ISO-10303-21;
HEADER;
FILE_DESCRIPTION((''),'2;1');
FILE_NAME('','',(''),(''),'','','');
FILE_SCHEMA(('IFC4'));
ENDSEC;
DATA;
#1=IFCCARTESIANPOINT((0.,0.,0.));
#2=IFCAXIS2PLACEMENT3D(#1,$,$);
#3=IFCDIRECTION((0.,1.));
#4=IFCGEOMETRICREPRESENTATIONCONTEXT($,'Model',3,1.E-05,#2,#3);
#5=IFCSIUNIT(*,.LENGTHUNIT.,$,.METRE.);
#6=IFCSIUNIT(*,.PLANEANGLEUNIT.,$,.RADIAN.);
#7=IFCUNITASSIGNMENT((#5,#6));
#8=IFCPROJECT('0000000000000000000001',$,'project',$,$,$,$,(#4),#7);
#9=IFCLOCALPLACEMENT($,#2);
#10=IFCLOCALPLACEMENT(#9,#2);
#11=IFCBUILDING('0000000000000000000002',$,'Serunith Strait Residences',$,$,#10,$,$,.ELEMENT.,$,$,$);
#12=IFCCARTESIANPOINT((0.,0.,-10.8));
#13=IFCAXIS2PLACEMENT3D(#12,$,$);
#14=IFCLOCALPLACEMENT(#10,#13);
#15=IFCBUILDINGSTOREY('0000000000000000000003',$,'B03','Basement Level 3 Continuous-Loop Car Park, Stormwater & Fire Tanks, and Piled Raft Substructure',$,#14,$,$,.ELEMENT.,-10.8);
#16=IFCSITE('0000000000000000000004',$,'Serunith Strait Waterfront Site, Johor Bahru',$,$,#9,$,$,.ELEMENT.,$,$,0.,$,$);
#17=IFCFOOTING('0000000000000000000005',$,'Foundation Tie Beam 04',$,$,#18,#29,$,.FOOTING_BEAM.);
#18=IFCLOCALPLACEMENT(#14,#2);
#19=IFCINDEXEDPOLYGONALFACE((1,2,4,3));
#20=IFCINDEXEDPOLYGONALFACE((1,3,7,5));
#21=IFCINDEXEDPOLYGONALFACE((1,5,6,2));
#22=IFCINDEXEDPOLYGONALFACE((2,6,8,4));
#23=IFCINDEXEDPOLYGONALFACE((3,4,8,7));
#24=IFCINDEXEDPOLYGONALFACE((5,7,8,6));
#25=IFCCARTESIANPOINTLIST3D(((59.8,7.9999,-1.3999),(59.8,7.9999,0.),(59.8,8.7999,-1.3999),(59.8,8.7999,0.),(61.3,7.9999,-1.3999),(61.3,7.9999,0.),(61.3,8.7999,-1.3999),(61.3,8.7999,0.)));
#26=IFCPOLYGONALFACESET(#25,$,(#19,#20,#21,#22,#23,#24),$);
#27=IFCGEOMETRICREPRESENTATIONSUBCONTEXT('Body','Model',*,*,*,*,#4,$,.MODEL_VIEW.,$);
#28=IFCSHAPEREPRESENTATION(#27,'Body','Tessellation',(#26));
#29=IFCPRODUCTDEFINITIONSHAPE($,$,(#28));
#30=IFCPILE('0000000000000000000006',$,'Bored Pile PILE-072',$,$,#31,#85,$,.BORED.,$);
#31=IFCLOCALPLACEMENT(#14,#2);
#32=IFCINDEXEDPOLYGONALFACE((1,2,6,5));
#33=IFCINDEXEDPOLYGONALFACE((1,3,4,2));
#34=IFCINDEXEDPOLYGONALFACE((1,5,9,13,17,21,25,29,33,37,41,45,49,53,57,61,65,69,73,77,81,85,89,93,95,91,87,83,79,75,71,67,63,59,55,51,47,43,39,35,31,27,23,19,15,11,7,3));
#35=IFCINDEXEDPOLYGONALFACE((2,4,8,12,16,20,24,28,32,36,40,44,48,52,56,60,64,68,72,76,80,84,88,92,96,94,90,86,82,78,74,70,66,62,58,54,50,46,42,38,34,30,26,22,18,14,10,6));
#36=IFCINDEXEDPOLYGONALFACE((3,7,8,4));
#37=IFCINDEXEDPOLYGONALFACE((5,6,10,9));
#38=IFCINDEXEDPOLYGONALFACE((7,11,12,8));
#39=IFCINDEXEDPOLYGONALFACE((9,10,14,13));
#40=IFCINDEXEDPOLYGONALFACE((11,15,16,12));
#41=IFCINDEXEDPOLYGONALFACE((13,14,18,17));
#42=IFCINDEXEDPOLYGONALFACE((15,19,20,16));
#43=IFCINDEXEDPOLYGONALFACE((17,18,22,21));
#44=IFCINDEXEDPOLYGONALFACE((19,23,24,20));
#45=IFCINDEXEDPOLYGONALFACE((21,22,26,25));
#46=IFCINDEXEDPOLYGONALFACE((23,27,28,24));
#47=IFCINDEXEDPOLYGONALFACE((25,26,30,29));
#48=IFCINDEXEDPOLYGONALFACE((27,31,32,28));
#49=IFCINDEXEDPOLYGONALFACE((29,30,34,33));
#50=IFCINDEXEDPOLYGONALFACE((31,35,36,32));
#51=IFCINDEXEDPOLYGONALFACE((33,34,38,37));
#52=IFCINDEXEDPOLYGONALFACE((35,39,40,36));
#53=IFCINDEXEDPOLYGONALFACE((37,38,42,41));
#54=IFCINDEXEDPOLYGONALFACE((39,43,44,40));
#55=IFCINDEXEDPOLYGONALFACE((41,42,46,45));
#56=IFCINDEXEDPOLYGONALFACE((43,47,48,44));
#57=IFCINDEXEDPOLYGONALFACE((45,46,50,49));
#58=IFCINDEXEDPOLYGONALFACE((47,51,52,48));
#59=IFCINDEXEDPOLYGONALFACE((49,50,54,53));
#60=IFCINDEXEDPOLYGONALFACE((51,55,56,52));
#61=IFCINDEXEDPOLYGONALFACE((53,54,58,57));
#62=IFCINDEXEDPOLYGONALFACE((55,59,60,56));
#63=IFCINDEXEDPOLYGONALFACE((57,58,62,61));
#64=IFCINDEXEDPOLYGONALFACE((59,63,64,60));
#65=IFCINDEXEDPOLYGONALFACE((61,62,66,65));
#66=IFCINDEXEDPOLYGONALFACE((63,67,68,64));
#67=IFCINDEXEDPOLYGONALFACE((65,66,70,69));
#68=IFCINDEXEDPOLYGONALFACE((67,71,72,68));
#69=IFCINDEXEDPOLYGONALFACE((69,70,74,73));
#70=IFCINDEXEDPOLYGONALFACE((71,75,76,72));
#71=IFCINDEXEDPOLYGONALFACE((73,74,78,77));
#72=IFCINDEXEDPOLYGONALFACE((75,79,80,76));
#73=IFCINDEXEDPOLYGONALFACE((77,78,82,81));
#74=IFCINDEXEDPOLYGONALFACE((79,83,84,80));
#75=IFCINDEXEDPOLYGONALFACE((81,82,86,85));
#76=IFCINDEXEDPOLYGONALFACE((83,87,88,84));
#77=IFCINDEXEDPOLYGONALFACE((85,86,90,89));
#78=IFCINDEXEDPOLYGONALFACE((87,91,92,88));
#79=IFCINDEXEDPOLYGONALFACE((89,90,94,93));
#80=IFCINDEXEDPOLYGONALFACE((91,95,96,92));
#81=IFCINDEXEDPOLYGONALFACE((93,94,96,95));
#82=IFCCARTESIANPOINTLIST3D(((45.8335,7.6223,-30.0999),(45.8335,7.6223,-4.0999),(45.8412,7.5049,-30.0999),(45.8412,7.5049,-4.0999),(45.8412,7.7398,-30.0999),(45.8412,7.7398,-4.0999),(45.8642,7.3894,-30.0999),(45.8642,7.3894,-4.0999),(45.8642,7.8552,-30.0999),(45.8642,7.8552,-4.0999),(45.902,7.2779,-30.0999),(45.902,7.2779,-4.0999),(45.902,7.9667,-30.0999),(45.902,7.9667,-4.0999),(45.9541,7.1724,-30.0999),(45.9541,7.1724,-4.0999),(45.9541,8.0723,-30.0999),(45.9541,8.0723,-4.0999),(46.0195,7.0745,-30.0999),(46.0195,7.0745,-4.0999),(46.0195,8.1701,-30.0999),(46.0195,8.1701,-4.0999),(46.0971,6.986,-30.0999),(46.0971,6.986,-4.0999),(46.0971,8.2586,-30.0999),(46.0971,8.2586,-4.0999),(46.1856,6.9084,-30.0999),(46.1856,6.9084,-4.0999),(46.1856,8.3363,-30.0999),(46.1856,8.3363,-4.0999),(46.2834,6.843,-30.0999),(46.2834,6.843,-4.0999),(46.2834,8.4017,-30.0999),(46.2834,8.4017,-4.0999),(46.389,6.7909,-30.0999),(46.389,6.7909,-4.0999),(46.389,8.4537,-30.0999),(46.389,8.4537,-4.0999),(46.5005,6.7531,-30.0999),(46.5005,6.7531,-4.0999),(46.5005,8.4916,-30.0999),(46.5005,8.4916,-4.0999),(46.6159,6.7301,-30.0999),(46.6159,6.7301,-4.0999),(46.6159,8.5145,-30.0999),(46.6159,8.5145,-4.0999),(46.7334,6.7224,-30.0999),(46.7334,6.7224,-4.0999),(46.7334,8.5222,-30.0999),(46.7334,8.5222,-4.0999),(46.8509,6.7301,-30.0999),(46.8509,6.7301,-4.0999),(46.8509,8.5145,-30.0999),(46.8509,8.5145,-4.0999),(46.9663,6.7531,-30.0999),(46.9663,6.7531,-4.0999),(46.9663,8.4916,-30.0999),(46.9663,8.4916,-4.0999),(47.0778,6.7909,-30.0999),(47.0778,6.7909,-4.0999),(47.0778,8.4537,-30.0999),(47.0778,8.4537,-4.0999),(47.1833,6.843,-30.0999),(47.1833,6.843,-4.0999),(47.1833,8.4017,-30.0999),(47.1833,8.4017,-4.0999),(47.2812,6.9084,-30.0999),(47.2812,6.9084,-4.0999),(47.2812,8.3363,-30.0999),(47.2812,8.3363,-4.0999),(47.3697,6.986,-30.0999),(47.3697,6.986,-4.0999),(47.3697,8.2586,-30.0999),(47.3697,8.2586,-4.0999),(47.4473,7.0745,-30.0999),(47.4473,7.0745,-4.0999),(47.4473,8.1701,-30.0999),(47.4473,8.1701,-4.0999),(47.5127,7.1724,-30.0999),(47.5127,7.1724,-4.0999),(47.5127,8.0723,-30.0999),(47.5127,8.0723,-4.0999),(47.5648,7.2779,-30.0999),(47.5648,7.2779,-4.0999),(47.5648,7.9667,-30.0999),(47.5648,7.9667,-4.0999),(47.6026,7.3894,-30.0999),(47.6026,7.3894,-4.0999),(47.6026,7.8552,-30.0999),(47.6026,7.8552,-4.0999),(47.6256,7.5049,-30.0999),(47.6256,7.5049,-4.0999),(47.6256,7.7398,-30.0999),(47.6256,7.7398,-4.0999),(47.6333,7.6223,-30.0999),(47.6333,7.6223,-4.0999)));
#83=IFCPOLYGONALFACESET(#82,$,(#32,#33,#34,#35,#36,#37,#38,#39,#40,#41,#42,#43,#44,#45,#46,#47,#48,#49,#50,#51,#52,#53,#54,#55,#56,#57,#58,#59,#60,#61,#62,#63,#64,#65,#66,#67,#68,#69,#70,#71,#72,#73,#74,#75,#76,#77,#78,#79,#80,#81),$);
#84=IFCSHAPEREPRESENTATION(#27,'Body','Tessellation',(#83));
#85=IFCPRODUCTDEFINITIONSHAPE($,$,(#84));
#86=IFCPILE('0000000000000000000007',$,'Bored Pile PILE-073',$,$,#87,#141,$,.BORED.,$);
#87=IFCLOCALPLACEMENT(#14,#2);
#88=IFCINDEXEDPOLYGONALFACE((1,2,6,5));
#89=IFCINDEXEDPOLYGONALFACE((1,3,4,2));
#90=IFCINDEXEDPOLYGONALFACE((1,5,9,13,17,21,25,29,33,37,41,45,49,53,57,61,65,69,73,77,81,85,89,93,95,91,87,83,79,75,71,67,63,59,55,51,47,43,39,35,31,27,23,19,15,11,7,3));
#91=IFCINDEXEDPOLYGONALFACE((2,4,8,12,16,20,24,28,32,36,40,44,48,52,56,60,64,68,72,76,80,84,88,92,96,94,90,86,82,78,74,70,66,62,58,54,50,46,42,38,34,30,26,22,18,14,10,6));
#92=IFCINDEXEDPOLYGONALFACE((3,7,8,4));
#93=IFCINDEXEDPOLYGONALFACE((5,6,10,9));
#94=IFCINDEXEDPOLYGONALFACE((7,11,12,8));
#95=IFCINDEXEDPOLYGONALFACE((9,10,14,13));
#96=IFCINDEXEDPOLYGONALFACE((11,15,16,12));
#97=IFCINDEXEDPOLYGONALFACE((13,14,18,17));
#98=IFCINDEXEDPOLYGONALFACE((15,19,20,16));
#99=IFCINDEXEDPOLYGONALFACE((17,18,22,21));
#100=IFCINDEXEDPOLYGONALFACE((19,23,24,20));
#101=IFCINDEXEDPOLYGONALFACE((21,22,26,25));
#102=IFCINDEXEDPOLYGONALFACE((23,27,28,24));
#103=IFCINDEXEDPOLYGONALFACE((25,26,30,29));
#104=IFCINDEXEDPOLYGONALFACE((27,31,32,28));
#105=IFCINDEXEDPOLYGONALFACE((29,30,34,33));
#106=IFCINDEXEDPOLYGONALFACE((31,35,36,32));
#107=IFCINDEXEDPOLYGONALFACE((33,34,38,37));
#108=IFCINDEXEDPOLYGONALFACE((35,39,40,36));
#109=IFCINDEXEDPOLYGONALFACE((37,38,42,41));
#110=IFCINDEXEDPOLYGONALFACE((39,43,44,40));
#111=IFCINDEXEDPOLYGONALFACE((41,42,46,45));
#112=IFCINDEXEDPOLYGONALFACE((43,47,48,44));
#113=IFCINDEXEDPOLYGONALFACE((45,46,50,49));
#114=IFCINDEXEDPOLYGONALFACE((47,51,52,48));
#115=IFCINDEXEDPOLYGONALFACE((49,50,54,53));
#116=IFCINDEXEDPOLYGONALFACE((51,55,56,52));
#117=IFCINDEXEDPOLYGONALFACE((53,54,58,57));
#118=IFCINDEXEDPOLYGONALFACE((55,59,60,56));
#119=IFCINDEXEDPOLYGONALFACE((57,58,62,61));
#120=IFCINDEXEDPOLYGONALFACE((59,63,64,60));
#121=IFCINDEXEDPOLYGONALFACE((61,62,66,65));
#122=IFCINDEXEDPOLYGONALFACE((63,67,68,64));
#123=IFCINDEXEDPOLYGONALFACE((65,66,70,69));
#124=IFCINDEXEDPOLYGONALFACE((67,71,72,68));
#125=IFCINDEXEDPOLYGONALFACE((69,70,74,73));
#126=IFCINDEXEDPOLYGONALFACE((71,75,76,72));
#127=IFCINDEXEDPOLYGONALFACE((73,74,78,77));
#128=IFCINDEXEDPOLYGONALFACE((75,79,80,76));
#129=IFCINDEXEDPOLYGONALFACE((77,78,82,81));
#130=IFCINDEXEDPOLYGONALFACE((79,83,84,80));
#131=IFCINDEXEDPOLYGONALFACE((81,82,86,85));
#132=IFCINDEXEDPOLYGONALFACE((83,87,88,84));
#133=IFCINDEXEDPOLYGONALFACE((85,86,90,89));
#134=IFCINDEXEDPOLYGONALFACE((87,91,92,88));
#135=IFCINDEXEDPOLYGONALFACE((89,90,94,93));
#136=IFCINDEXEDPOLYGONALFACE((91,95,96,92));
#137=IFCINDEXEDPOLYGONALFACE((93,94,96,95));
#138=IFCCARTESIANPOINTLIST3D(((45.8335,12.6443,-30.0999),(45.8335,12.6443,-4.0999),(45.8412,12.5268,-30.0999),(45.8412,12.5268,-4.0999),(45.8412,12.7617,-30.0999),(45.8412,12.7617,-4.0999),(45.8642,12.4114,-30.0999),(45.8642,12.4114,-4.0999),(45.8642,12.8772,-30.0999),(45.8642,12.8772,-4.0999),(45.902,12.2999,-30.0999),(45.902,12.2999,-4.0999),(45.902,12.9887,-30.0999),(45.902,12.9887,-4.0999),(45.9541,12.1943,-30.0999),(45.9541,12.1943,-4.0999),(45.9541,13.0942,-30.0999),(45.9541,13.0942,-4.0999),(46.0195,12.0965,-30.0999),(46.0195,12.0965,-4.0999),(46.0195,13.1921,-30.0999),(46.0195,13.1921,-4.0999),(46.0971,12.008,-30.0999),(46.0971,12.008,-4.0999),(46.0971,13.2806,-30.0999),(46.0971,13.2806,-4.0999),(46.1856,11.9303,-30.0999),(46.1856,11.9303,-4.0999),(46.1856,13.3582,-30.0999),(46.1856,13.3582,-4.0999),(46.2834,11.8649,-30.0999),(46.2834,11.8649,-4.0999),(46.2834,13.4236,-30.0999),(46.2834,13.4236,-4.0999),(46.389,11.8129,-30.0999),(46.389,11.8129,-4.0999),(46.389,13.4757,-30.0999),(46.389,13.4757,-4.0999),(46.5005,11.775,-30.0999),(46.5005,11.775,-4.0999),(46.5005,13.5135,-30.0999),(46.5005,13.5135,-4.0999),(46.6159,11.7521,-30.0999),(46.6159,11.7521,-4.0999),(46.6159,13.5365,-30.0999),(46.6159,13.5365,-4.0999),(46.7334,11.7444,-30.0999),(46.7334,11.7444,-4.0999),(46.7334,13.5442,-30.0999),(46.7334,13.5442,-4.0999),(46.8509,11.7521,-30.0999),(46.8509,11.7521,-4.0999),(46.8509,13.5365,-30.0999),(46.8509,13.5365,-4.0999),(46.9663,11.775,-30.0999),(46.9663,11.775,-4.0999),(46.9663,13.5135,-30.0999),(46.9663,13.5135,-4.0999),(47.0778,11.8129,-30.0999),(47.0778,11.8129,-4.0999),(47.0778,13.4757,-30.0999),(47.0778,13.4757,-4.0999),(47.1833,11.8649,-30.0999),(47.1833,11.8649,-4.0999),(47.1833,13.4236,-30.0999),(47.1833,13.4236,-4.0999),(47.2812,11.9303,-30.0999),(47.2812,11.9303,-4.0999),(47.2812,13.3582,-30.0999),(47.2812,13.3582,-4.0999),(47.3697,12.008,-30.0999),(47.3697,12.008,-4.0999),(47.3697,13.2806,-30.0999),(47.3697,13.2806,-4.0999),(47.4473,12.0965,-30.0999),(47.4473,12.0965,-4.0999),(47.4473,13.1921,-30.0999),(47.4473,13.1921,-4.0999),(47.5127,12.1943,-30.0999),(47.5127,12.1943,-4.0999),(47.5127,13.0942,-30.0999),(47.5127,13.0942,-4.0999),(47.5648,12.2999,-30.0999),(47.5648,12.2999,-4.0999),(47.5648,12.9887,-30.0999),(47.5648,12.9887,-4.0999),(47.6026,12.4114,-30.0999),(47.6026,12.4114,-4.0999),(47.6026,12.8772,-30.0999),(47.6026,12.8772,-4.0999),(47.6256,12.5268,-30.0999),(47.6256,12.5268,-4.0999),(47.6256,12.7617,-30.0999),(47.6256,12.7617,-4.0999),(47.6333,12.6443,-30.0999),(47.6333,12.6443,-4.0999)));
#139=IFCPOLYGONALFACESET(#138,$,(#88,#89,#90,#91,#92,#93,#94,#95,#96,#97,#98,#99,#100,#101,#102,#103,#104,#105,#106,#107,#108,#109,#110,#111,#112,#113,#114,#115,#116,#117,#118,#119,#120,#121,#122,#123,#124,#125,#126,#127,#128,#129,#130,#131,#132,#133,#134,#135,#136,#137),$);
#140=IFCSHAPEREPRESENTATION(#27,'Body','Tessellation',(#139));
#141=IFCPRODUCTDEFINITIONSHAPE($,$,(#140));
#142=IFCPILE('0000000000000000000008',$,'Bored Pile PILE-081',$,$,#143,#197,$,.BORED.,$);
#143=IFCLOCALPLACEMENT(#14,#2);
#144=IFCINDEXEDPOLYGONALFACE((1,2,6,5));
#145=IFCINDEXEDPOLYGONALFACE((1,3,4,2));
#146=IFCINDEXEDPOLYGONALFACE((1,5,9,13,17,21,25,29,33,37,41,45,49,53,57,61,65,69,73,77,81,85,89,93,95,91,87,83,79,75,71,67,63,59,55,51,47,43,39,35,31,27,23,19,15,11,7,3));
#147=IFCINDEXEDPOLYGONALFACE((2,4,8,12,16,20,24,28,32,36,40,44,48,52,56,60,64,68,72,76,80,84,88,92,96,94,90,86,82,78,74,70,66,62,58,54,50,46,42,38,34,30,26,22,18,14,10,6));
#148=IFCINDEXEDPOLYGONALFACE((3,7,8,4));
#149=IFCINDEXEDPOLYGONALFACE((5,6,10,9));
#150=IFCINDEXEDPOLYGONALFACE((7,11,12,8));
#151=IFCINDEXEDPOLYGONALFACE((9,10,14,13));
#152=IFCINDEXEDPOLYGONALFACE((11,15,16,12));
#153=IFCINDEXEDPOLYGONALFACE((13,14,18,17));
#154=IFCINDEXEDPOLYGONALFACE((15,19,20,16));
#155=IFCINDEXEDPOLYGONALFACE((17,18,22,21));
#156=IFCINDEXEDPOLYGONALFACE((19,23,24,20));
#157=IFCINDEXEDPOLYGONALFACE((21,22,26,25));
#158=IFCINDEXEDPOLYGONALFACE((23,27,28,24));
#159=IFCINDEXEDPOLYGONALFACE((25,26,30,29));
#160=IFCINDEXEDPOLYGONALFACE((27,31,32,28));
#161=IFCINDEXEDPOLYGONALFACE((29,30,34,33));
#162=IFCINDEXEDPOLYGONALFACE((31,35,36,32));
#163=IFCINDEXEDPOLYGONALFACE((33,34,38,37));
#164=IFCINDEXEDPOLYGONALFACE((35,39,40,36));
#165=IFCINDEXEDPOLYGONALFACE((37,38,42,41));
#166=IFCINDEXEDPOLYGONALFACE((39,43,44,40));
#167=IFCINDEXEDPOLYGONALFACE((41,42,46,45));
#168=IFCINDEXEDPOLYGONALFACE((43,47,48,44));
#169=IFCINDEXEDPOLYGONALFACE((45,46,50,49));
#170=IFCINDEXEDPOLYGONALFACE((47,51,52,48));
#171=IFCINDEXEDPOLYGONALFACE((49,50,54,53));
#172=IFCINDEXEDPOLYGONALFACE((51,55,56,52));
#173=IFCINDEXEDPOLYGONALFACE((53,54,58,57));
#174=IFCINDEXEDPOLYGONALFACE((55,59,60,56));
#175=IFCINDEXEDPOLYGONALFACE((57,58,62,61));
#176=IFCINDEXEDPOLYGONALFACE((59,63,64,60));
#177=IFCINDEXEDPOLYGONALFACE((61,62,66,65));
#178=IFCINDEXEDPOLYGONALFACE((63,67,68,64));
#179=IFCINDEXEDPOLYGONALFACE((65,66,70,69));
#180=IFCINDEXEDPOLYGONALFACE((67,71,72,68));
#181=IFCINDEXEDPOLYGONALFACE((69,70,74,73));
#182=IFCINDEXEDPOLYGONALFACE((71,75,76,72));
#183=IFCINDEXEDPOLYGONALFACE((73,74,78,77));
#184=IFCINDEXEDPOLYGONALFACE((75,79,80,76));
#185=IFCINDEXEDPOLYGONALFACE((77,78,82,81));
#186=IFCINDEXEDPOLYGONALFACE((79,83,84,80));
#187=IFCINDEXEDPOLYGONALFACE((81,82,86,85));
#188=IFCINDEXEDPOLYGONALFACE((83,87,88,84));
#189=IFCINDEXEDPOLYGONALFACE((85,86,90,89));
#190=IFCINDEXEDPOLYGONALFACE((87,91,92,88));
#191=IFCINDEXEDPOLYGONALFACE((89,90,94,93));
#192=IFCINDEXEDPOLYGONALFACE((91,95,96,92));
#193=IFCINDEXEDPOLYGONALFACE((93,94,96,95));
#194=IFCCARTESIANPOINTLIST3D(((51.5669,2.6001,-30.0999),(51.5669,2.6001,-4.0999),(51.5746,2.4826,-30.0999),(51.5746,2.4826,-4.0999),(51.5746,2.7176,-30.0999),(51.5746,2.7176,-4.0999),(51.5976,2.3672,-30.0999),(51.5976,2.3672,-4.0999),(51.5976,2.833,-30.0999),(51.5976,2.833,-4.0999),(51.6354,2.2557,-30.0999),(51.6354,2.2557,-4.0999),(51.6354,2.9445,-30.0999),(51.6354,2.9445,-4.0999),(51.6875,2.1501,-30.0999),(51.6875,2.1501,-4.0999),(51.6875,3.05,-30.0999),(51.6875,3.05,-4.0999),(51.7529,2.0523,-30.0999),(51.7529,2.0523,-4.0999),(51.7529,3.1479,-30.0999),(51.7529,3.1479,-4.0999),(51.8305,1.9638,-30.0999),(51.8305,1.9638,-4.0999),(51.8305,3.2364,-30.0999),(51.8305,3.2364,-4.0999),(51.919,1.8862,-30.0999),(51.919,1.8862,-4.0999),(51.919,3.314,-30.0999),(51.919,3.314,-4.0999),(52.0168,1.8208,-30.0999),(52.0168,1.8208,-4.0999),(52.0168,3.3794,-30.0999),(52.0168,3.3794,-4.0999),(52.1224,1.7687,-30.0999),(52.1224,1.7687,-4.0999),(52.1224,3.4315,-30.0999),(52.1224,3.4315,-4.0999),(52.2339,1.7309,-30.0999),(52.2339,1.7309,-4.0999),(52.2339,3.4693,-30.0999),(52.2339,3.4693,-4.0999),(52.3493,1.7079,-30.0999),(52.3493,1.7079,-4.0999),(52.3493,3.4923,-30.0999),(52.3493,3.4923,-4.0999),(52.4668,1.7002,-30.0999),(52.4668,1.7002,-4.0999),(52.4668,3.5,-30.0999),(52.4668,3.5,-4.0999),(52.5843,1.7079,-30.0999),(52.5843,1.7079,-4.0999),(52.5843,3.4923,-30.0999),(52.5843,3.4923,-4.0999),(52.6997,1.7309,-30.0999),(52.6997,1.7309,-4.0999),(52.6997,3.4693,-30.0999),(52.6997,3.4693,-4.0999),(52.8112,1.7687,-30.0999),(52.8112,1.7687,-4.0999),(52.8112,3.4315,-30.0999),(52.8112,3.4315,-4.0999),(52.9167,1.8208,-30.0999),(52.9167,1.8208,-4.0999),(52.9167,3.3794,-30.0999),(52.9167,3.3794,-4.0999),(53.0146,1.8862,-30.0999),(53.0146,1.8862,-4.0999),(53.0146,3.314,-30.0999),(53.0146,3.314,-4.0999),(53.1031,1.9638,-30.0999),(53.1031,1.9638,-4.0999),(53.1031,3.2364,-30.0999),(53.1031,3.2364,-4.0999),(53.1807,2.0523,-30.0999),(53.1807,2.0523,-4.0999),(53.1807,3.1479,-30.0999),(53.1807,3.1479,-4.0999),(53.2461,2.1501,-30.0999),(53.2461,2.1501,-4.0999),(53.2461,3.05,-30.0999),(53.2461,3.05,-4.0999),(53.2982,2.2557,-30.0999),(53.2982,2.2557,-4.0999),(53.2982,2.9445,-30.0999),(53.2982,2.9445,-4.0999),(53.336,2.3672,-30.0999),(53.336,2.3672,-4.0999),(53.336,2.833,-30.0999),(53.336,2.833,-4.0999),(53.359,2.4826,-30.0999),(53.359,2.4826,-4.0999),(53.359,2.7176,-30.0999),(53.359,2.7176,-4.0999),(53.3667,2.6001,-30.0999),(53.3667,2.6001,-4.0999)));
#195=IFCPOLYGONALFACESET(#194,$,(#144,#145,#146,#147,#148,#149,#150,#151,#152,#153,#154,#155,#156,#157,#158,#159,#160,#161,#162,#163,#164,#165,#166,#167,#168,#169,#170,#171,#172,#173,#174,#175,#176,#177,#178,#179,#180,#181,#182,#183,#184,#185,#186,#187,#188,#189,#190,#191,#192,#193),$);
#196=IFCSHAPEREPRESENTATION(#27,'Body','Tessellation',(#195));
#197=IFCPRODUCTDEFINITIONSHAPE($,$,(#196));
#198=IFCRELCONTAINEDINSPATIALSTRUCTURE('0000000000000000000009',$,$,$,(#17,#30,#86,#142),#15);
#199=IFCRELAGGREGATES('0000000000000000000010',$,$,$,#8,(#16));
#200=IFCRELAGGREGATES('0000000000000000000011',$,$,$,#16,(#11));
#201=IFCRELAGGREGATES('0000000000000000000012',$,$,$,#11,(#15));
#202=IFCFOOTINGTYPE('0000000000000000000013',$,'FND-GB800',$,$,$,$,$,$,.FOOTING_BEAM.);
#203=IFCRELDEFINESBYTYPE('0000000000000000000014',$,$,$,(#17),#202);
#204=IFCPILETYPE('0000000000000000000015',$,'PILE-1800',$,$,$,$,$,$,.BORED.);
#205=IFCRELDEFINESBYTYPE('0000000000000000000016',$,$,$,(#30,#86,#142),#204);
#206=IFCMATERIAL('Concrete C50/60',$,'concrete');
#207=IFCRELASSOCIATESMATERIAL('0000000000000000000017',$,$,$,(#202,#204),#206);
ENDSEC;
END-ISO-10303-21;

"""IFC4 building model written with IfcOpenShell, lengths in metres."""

from ifc_helpers import new_model, si_unit, direction, frame, origin, origin_2d, place, context, subcontext, project, spatial, rectangle, circle, extrude, source, transform, mapped, material, material_profile, profile_set, type_object, element, save


model = new_model("IFC4")

# Units and contexts
model_context = context("Model", 3, precision=1e-05, world=origin(), true_north=direction((0.0, 1.0)))
body_context = subcontext(model_context, "Body", "Model", "MODEL_VIEW")
ifc_project = project(units=[si_unit("LENGTHUNIT", "METRE"), si_unit("PLANEANGLEUNIT", "RADIAN")], contexts=[model_context])

# Site, building, storey
site_placement = place(None, origin())
site = spatial("IfcSite", under=ifc_project, at=site_placement, Name="Serunith Strait Waterfront Site, Johor Bahru", CompositionType="ELEMENT", RefElevation=0.0)
building_placement = place(site_placement, origin())
building = spatial("IfcBuilding", under=site, at=building_placement, Name="Serunith Strait Residences", CompositionType="ELEMENT")
storey_placement = place(building_placement, frame((0.0, 0.0, -10.8)))
storey = spatial("IfcBuildingStorey", under=building, at=storey_placement, Name="B03", Description="Basement Level 3 Continuous-Loop Car Park, Stormwater & Fire Tanks, and Piled Raft Substructure", CompositionType="ELEMENT", Elevation=-10.8)

# Footing
ifc_material_1 = material(Name="Concrete C50/60", Category="concrete")
ifc_material_profile_1 = material_profile(ifc_material_1, rectangle(XDim=0.8, YDim=1.3999, at=origin_2d()), Name="RC 800x1400")
ifc_profile_set_1 = profile_set([ifc_material_profile_1], Name="Concrete C50/60")
footing_type = type_object("IfcFootingType", Name="FND-GB800", PredefinedType="FOOTING_BEAM", material=ifc_profile_set_1)
shared_shape_1 = source(origin(), body_context, "Body", "SweptSolid", [
    extrude(rectangle(XDim=0.8, YDim=1.3999, at=origin_2d()), origin(), (0.0, 0.0, 1.0), 1.5),
])
footing_placement = place(storey_placement, frame((59.8, 8.3999, -0.7), z_axis=(1.0, 0.0, 0.0), x_axis=(0.0, 1.0, 0.0)))
element("IfcFooting", 1, at=footing_placement, inside=storey, type_object=footing_type, Name="Foundation Tie Beam 04", PredefinedType="FOOTING_BEAM", context=body_context, shape_type="MappedRepresentation", body=[
    mapped(shared_shape_1, transform((0.0, 0.0, 0.0), scale=1.0)),
])

# Piles
ifc_material_profile_2 = material_profile(ifc_material_1, circle(Radius=0.8999, at=origin_2d()), Name="PILE D1800")
ifc_profile_set_2 = profile_set([ifc_material_profile_2], Name="Concrete C50/60")
pile_type_1 = type_object("IfcPileType", Name="PILE-1800", PredefinedType="BORED", material=ifc_profile_set_2)
shared_shape_2 = source(origin(), body_context, "Body", "SweptSolid", [
    extrude(circle(Radius=0.8999, at=origin_2d()), origin(), (0.0, 0.0, 1.0), 26.0),
])
for number, where, z_axis, x_axis, name in (
    (2, (46.7334, 7.6223, -4.0999), (0.0, 0.0, -1.0), (1.0, 0.0, 0.0), "Bored Pile PILE-072"),
    (3, (46.7334, 12.6443, -4.0999), (0.0, 0.0, -1.0), (1.0, 0.0, 0.0), "Bored Pile PILE-073"),
    (4, (52.4668, 2.6001, -4.0999), (0.0, 0.0, -1.0), (1.0, 0.0, 0.0), "Bored Pile PILE-081"),
):
    element("IfcPile", number, at=place(storey_placement, frame(where, z_axis=z_axis, x_axis=x_axis)), inside=storey, type_object=pile_type_1, Name=name, PredefinedType="BORED", context=body_context, shape_type="MappedRepresentation", body=[
        mapped(shared_shape_2, transform((0.0, 0.0, 0.0), scale=1.0)),
    ])

save(model, "model.ifc")
